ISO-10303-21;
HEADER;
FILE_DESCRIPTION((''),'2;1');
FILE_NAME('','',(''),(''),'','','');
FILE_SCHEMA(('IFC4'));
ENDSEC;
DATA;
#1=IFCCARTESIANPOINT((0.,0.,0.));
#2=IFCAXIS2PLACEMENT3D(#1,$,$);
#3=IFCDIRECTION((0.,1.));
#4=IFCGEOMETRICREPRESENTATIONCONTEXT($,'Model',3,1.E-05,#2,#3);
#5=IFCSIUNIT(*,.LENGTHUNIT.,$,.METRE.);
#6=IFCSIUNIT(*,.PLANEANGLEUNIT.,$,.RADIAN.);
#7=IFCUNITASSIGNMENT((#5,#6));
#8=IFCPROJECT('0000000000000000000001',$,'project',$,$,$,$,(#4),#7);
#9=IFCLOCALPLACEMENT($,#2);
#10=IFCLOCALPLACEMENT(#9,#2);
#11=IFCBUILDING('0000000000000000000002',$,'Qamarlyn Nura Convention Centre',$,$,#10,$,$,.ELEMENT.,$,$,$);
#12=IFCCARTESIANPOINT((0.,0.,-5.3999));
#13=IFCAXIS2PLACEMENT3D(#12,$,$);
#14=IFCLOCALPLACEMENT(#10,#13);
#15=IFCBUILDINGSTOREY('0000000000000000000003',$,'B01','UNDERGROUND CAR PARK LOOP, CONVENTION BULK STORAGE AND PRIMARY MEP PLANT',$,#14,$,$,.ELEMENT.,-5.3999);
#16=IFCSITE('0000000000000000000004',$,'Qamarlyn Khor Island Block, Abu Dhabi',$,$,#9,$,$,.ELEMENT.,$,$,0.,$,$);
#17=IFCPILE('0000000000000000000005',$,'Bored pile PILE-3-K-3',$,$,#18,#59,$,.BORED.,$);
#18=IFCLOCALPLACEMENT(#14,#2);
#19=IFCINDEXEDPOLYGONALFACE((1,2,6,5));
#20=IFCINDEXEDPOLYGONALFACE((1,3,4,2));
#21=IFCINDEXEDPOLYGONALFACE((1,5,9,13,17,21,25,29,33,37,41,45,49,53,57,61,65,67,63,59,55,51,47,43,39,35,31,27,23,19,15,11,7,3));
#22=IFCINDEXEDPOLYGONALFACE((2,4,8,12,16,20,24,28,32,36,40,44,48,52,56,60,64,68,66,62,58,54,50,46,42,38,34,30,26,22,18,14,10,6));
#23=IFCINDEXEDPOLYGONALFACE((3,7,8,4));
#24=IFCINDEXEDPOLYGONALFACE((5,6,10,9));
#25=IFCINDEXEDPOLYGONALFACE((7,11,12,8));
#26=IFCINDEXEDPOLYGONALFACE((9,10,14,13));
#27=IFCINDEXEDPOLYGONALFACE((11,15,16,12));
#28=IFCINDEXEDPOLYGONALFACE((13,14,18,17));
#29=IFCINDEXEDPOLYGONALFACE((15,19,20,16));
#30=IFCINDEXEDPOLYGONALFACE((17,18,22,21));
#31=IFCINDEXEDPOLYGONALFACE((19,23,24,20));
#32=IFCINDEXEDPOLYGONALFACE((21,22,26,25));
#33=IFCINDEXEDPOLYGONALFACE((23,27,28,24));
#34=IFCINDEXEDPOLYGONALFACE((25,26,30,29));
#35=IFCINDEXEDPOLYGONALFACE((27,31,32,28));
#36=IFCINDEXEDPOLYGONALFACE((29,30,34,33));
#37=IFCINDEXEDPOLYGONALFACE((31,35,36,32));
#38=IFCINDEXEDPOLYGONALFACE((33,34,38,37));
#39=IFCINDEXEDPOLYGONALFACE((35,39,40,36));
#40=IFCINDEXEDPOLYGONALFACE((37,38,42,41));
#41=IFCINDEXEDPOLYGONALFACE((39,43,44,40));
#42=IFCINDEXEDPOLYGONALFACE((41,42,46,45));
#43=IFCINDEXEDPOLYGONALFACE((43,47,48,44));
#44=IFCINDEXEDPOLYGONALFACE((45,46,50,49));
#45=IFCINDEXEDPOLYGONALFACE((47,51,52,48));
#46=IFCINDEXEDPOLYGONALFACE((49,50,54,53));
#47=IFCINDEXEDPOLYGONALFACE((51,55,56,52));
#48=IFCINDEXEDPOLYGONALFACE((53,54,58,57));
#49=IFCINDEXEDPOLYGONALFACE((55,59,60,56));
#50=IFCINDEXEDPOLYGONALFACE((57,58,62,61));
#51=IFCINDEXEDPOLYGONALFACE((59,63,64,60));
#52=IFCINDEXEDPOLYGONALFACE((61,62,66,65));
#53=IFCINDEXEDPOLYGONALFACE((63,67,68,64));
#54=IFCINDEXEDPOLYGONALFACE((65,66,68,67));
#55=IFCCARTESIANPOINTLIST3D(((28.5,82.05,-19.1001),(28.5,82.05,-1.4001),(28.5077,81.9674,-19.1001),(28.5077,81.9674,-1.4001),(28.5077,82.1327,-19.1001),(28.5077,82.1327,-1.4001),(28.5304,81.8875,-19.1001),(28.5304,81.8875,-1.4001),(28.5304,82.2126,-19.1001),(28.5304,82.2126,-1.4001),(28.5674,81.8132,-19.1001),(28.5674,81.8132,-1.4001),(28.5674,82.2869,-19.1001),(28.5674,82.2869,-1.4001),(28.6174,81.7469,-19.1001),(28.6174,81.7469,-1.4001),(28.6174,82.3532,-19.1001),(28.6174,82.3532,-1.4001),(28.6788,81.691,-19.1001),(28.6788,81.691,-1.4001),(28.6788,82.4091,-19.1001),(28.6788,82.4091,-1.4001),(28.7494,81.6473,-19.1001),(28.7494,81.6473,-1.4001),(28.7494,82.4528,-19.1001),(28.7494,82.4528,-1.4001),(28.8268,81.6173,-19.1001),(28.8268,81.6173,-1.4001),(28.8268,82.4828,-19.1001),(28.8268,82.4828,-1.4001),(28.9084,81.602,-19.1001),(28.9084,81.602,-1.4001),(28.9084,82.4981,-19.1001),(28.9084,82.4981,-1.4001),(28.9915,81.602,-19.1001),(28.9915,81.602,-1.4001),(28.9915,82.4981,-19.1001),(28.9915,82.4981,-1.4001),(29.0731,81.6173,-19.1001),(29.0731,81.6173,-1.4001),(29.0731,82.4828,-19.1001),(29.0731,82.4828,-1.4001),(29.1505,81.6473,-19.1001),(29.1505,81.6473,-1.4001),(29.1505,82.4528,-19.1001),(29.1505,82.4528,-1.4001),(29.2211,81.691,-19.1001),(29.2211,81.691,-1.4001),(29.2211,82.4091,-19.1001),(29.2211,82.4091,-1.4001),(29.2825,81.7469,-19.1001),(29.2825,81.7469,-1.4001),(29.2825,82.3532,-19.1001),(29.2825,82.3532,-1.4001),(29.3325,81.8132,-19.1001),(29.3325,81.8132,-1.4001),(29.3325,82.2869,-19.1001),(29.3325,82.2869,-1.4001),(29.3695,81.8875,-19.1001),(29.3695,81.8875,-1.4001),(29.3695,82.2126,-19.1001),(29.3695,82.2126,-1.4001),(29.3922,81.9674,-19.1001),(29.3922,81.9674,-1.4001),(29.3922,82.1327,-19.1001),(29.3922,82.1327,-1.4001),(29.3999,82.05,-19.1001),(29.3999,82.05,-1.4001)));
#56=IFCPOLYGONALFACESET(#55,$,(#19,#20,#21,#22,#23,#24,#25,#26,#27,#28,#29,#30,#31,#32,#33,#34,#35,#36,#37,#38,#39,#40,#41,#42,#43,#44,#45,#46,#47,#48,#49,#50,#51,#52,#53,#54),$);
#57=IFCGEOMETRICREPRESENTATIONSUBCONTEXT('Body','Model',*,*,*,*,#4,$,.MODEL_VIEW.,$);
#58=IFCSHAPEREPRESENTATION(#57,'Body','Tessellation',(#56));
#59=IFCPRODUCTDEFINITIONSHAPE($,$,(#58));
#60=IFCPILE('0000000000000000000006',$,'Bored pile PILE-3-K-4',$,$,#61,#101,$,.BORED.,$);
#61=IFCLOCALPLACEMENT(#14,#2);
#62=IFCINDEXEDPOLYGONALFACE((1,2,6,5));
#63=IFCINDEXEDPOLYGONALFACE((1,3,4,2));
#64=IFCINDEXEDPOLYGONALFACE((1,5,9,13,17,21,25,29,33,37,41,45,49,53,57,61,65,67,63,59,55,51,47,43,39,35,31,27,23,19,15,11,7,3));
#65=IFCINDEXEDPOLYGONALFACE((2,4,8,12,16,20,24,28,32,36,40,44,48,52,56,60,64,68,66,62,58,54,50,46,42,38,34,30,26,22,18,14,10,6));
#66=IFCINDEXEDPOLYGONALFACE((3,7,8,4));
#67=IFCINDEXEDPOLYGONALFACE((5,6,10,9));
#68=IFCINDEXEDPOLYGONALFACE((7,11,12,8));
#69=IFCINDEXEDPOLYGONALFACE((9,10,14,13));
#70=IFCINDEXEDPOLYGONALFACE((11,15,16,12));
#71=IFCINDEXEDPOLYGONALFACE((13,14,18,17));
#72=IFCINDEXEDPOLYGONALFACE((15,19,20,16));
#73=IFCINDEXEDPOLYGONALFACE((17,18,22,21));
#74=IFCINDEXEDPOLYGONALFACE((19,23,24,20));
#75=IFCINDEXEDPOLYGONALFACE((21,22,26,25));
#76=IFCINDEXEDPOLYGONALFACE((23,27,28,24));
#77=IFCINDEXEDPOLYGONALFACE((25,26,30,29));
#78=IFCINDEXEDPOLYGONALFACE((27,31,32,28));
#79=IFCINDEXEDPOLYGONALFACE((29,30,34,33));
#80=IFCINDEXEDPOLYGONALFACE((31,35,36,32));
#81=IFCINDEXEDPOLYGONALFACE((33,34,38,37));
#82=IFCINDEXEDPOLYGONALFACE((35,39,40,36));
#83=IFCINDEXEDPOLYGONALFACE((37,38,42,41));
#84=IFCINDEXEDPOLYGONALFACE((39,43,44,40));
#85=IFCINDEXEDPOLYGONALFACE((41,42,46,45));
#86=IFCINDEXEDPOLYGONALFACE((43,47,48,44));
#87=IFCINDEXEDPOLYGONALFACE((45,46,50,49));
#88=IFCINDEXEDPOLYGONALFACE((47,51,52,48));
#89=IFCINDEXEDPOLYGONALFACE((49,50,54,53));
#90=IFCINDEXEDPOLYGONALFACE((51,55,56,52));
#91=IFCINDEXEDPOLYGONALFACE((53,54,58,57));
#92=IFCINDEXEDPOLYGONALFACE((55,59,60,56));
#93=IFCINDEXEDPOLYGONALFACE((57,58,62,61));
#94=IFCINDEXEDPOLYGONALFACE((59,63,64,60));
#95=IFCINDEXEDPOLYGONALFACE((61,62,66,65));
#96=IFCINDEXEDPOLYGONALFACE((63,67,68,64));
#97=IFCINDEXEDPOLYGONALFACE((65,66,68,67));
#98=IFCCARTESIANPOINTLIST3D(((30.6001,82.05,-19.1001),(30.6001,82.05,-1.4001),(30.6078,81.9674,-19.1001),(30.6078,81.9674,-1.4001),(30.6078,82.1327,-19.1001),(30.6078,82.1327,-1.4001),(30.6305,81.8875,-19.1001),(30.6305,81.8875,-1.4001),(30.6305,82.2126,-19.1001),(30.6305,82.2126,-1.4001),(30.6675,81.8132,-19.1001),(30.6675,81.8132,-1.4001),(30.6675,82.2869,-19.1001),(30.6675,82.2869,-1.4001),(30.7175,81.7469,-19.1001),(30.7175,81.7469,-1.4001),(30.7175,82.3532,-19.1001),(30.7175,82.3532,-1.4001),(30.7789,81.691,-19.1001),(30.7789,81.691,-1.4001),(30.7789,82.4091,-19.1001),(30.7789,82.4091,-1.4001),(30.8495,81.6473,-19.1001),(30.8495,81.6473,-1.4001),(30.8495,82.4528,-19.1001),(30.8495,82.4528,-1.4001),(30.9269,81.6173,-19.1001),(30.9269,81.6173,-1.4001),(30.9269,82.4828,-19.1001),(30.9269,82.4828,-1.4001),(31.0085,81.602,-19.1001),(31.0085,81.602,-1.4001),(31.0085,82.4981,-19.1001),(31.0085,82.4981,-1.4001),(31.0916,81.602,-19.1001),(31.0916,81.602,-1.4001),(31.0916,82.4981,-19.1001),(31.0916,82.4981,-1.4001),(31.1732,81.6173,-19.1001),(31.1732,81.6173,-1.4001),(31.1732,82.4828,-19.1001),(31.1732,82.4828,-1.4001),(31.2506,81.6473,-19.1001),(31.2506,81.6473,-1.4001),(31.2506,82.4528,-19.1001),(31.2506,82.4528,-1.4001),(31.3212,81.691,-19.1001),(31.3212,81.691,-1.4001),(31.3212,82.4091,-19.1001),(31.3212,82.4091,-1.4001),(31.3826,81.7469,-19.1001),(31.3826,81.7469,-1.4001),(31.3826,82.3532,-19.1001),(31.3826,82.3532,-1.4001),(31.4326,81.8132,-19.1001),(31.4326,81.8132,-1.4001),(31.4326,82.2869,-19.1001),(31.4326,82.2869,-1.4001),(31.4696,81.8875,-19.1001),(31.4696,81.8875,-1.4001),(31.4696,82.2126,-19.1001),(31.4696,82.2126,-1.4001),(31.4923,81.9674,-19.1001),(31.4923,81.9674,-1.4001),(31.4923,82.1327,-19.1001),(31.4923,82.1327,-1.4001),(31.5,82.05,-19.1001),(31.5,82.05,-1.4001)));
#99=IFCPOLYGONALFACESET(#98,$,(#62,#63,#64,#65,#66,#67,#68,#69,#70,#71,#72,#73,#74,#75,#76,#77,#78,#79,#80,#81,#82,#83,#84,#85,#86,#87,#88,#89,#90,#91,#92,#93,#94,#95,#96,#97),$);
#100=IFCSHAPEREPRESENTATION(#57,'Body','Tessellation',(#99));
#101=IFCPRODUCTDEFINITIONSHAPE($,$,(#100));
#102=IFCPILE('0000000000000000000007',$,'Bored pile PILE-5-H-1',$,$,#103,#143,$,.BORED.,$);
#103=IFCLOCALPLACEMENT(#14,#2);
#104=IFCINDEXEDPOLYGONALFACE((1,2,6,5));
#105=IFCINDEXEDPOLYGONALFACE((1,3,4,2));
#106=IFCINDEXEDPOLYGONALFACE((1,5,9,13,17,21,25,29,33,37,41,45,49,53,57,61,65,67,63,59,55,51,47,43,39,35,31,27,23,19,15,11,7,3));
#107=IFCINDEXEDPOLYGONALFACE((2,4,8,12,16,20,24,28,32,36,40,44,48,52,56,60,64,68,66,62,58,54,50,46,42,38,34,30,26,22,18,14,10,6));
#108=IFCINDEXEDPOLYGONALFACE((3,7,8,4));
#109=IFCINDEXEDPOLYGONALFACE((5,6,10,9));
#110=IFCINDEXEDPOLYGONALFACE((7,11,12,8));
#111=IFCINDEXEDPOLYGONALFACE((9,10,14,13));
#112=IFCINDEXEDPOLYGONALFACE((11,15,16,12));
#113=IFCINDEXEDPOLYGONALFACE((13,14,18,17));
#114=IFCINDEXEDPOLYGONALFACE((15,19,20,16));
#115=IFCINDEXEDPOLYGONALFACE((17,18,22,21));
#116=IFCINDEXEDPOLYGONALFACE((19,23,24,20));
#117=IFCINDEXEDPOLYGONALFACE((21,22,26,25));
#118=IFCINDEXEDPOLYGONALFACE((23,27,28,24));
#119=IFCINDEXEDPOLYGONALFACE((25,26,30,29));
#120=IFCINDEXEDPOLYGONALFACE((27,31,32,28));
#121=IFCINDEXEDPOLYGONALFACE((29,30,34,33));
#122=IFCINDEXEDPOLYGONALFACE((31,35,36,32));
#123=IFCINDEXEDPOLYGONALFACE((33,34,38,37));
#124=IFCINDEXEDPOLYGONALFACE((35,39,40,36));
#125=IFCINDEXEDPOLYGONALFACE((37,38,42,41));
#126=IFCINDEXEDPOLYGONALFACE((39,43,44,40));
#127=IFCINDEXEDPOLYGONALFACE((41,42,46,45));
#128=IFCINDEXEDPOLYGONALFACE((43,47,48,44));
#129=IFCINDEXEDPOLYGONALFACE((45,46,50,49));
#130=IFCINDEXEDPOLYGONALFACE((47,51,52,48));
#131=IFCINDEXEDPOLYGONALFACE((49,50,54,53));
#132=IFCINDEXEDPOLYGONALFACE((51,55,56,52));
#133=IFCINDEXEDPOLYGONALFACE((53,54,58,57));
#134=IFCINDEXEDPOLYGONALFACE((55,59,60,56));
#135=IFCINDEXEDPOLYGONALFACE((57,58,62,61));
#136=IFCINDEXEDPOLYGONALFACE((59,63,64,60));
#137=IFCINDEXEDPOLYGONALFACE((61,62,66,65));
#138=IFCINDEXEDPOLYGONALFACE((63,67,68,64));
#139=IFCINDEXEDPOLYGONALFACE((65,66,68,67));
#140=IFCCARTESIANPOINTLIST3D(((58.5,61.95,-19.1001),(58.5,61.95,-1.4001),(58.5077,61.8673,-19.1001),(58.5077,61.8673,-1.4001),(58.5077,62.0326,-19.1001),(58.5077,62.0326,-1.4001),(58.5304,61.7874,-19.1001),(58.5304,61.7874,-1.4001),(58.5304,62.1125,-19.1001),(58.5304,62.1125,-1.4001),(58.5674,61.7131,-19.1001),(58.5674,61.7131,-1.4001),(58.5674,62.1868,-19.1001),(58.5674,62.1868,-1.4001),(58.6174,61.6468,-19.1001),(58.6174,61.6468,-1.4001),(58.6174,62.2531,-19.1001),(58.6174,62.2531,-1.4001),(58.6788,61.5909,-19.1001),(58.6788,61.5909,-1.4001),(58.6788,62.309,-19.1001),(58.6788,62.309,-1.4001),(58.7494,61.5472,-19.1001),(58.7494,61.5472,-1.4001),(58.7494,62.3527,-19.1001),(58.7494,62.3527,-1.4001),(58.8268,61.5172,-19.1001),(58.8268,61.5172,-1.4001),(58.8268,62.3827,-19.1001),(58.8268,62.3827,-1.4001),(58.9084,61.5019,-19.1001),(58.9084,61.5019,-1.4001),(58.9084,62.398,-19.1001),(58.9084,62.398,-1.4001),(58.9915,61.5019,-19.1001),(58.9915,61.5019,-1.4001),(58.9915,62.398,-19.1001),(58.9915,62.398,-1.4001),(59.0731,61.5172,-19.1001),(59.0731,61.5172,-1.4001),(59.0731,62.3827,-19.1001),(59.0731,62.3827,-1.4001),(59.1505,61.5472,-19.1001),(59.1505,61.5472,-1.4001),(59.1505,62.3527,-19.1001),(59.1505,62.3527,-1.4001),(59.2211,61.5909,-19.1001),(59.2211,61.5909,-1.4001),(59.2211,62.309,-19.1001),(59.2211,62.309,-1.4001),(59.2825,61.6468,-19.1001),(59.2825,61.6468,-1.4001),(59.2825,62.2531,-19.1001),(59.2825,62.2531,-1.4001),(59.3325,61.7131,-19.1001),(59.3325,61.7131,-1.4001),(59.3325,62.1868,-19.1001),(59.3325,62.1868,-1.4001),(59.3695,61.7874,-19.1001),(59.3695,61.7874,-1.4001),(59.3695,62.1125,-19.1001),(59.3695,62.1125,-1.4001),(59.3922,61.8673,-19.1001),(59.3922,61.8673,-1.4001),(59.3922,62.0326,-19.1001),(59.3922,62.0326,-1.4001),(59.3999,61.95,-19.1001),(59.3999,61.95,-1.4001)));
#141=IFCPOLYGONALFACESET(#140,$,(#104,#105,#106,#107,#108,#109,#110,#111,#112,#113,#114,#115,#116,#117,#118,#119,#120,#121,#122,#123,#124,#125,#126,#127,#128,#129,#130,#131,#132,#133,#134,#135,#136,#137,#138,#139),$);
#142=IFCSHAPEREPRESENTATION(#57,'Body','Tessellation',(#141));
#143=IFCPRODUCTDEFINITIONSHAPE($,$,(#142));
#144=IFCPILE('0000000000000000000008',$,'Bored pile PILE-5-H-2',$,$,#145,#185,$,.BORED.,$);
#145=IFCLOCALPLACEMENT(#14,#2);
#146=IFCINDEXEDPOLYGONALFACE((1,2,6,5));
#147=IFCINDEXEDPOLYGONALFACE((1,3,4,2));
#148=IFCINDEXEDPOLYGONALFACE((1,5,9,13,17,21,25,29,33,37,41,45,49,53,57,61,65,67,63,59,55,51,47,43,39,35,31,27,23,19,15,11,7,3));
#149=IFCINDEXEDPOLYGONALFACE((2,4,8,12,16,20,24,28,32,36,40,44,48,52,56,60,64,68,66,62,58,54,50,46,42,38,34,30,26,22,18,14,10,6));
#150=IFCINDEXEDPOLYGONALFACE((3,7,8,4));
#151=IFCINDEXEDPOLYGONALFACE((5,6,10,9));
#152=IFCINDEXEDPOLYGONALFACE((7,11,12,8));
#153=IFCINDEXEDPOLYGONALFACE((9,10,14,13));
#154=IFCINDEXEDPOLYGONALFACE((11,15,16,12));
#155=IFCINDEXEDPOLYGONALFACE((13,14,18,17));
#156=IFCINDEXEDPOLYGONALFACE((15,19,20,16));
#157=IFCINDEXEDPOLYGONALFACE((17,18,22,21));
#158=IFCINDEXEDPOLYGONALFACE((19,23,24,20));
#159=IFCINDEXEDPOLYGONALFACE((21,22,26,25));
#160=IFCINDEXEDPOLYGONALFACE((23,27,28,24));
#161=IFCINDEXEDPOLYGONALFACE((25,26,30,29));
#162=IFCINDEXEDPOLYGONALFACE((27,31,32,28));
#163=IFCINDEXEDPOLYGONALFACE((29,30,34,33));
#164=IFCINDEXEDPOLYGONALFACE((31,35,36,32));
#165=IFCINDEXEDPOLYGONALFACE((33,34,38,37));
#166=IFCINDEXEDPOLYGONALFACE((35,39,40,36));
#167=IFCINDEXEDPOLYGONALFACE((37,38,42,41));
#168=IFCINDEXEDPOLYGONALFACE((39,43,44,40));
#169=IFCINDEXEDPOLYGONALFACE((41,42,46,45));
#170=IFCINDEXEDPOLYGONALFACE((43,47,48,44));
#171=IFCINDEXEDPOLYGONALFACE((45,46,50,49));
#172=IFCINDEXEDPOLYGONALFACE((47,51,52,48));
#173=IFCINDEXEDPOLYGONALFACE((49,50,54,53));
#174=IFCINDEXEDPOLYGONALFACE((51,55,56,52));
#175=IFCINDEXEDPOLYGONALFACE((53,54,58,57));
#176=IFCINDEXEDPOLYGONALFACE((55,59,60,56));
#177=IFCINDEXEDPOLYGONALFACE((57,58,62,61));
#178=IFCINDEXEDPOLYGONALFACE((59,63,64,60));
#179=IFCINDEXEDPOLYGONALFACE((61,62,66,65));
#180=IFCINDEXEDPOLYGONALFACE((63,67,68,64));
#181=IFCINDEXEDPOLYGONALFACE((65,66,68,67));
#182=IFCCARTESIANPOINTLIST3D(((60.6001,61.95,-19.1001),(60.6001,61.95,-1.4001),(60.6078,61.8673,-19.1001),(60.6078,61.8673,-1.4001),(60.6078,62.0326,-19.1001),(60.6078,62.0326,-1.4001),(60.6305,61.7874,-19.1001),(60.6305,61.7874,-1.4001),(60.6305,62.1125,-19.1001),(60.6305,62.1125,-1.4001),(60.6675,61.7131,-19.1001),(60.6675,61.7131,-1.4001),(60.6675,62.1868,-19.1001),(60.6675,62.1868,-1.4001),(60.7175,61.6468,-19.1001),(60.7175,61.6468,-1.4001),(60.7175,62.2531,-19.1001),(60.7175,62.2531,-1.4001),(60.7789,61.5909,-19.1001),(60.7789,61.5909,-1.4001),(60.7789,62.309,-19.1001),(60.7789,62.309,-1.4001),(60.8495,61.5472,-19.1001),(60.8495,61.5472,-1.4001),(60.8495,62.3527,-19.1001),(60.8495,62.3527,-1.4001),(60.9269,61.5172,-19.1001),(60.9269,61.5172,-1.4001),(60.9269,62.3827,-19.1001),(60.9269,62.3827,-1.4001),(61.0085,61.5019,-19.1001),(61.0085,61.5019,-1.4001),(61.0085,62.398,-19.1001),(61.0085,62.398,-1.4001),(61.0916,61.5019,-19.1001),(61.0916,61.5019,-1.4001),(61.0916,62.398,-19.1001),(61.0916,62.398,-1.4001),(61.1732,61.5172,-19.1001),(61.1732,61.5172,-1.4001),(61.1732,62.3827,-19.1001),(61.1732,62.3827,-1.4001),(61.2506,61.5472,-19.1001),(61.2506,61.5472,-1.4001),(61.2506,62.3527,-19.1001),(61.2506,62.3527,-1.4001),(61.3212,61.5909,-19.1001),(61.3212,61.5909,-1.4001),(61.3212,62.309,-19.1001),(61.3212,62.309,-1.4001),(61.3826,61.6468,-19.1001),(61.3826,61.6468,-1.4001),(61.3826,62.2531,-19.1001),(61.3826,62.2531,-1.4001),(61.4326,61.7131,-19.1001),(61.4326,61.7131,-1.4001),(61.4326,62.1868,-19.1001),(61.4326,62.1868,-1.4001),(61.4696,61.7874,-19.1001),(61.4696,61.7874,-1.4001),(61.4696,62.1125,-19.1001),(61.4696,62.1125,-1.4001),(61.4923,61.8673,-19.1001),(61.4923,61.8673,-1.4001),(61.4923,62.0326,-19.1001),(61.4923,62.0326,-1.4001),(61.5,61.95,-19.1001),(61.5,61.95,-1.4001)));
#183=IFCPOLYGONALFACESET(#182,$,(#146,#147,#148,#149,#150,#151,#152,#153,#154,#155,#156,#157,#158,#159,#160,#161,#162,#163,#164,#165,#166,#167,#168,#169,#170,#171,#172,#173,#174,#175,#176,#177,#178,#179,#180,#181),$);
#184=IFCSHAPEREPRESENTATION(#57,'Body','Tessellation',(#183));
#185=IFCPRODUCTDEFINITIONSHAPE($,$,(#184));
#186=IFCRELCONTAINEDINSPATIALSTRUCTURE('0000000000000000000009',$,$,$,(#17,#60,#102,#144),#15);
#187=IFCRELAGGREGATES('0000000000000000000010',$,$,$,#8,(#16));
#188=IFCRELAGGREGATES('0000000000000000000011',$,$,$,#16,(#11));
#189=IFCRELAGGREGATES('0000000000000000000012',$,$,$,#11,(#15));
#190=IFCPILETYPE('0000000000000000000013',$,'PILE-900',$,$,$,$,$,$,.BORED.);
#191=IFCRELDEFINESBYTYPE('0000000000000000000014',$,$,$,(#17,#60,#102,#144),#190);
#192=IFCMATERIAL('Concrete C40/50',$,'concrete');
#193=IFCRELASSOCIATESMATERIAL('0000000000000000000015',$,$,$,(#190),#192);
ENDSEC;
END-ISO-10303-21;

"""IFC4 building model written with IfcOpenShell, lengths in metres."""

from ifc_helpers import new_model, si_unit, direction, frame, origin, origin_2d, place, context, subcontext, project, spatial, circle, extrude, material, material_profile, profile_set, type_object, element, save


model = new_model("IFC4")

# Units and contexts
model_context = context("Model", 3, precision=1e-05, world=origin(), true_north=direction((0.0, 1.0)))
body_context = subcontext(model_context, "Body", "Model", "MODEL_VIEW")
ifc_project = project(units=[si_unit("LENGTHUNIT", "METRE"), si_unit("PLANEANGLEUNIT", "RADIAN")], contexts=[model_context])

# Site, building, storey
site_placement = place(None, origin())
site = spatial("IfcSite", under=ifc_project, at=site_placement, Name="Qamarlyn Khor Island Block, Abu Dhabi", CompositionType="ELEMENT", RefElevation=0.0)
building_placement = place(site_placement, origin())
building = spatial("IfcBuilding", under=site, at=building_placement, Name="Qamarlyn Nura Convention Centre", CompositionType="ELEMENT")
storey_placement = place(building_placement, frame((0.0, 0.0, -5.3999)))
storey = spatial("IfcBuildingStorey", under=building, at=storey_placement, Name="B01", Description="UNDERGROUND CAR PARK LOOP, CONVENTION BULK STORAGE AND PRIMARY MEP PLANT", CompositionType="ELEMENT", Elevation=-5.3999)

# Shared definitions
ifc_material_1 = material(Name="Concrete C40/50", Category="concrete")

# Piles
ifc_material_profile_1 = material_profile(ifc_material_1, circle(Radius=0.45, at=origin_2d()), Name="BORED PILE 900")
ifc_profile_set_1 = profile_set([ifc_material_profile_1], Name="Concrete C40/50")
pile_type_1 = type_object("IfcPileType", Name="PILE-900", PredefinedType="BORED", material=ifc_profile_set_1)
for number, where, z_axis, x_axis, name in (
    (1, (28.95, 82.05, -1.4001), (0.0, 0.0, -1.0), (1.0, 0.0, 0.0), "Bored pile PILE-3-K-3"),
    (2, (31.05, 82.05, -1.4001), (0.0, 0.0, -1.0), (1.0, 0.0, 0.0), "Bored pile PILE-3-K-4"),
    (3, (58.95, 61.95, -1.4001), (0.0, 0.0, -1.0), (1.0, 0.0, 0.0), "Bored pile PILE-5-H-1"),
    (4, (61.05, 61.95, -1.4001), (0.0, 0.0, -1.0), (1.0, 0.0, 0.0), "Bored pile PILE-5-H-2"),
):
    element("IfcPile", number, at=place(storey_placement, frame(where, z_axis=z_axis, x_axis=x_axis)), inside=storey, type_object=pile_type_1, Name=name, PredefinedType="BORED", context=body_context, shape_type="SweptSolid", body=[
        extrude(circle(Radius=0.45, at=origin_2d()), origin(), (0.0, 0.0, 1.0), 17.7),
    ])

save(model, "model.ifc")
